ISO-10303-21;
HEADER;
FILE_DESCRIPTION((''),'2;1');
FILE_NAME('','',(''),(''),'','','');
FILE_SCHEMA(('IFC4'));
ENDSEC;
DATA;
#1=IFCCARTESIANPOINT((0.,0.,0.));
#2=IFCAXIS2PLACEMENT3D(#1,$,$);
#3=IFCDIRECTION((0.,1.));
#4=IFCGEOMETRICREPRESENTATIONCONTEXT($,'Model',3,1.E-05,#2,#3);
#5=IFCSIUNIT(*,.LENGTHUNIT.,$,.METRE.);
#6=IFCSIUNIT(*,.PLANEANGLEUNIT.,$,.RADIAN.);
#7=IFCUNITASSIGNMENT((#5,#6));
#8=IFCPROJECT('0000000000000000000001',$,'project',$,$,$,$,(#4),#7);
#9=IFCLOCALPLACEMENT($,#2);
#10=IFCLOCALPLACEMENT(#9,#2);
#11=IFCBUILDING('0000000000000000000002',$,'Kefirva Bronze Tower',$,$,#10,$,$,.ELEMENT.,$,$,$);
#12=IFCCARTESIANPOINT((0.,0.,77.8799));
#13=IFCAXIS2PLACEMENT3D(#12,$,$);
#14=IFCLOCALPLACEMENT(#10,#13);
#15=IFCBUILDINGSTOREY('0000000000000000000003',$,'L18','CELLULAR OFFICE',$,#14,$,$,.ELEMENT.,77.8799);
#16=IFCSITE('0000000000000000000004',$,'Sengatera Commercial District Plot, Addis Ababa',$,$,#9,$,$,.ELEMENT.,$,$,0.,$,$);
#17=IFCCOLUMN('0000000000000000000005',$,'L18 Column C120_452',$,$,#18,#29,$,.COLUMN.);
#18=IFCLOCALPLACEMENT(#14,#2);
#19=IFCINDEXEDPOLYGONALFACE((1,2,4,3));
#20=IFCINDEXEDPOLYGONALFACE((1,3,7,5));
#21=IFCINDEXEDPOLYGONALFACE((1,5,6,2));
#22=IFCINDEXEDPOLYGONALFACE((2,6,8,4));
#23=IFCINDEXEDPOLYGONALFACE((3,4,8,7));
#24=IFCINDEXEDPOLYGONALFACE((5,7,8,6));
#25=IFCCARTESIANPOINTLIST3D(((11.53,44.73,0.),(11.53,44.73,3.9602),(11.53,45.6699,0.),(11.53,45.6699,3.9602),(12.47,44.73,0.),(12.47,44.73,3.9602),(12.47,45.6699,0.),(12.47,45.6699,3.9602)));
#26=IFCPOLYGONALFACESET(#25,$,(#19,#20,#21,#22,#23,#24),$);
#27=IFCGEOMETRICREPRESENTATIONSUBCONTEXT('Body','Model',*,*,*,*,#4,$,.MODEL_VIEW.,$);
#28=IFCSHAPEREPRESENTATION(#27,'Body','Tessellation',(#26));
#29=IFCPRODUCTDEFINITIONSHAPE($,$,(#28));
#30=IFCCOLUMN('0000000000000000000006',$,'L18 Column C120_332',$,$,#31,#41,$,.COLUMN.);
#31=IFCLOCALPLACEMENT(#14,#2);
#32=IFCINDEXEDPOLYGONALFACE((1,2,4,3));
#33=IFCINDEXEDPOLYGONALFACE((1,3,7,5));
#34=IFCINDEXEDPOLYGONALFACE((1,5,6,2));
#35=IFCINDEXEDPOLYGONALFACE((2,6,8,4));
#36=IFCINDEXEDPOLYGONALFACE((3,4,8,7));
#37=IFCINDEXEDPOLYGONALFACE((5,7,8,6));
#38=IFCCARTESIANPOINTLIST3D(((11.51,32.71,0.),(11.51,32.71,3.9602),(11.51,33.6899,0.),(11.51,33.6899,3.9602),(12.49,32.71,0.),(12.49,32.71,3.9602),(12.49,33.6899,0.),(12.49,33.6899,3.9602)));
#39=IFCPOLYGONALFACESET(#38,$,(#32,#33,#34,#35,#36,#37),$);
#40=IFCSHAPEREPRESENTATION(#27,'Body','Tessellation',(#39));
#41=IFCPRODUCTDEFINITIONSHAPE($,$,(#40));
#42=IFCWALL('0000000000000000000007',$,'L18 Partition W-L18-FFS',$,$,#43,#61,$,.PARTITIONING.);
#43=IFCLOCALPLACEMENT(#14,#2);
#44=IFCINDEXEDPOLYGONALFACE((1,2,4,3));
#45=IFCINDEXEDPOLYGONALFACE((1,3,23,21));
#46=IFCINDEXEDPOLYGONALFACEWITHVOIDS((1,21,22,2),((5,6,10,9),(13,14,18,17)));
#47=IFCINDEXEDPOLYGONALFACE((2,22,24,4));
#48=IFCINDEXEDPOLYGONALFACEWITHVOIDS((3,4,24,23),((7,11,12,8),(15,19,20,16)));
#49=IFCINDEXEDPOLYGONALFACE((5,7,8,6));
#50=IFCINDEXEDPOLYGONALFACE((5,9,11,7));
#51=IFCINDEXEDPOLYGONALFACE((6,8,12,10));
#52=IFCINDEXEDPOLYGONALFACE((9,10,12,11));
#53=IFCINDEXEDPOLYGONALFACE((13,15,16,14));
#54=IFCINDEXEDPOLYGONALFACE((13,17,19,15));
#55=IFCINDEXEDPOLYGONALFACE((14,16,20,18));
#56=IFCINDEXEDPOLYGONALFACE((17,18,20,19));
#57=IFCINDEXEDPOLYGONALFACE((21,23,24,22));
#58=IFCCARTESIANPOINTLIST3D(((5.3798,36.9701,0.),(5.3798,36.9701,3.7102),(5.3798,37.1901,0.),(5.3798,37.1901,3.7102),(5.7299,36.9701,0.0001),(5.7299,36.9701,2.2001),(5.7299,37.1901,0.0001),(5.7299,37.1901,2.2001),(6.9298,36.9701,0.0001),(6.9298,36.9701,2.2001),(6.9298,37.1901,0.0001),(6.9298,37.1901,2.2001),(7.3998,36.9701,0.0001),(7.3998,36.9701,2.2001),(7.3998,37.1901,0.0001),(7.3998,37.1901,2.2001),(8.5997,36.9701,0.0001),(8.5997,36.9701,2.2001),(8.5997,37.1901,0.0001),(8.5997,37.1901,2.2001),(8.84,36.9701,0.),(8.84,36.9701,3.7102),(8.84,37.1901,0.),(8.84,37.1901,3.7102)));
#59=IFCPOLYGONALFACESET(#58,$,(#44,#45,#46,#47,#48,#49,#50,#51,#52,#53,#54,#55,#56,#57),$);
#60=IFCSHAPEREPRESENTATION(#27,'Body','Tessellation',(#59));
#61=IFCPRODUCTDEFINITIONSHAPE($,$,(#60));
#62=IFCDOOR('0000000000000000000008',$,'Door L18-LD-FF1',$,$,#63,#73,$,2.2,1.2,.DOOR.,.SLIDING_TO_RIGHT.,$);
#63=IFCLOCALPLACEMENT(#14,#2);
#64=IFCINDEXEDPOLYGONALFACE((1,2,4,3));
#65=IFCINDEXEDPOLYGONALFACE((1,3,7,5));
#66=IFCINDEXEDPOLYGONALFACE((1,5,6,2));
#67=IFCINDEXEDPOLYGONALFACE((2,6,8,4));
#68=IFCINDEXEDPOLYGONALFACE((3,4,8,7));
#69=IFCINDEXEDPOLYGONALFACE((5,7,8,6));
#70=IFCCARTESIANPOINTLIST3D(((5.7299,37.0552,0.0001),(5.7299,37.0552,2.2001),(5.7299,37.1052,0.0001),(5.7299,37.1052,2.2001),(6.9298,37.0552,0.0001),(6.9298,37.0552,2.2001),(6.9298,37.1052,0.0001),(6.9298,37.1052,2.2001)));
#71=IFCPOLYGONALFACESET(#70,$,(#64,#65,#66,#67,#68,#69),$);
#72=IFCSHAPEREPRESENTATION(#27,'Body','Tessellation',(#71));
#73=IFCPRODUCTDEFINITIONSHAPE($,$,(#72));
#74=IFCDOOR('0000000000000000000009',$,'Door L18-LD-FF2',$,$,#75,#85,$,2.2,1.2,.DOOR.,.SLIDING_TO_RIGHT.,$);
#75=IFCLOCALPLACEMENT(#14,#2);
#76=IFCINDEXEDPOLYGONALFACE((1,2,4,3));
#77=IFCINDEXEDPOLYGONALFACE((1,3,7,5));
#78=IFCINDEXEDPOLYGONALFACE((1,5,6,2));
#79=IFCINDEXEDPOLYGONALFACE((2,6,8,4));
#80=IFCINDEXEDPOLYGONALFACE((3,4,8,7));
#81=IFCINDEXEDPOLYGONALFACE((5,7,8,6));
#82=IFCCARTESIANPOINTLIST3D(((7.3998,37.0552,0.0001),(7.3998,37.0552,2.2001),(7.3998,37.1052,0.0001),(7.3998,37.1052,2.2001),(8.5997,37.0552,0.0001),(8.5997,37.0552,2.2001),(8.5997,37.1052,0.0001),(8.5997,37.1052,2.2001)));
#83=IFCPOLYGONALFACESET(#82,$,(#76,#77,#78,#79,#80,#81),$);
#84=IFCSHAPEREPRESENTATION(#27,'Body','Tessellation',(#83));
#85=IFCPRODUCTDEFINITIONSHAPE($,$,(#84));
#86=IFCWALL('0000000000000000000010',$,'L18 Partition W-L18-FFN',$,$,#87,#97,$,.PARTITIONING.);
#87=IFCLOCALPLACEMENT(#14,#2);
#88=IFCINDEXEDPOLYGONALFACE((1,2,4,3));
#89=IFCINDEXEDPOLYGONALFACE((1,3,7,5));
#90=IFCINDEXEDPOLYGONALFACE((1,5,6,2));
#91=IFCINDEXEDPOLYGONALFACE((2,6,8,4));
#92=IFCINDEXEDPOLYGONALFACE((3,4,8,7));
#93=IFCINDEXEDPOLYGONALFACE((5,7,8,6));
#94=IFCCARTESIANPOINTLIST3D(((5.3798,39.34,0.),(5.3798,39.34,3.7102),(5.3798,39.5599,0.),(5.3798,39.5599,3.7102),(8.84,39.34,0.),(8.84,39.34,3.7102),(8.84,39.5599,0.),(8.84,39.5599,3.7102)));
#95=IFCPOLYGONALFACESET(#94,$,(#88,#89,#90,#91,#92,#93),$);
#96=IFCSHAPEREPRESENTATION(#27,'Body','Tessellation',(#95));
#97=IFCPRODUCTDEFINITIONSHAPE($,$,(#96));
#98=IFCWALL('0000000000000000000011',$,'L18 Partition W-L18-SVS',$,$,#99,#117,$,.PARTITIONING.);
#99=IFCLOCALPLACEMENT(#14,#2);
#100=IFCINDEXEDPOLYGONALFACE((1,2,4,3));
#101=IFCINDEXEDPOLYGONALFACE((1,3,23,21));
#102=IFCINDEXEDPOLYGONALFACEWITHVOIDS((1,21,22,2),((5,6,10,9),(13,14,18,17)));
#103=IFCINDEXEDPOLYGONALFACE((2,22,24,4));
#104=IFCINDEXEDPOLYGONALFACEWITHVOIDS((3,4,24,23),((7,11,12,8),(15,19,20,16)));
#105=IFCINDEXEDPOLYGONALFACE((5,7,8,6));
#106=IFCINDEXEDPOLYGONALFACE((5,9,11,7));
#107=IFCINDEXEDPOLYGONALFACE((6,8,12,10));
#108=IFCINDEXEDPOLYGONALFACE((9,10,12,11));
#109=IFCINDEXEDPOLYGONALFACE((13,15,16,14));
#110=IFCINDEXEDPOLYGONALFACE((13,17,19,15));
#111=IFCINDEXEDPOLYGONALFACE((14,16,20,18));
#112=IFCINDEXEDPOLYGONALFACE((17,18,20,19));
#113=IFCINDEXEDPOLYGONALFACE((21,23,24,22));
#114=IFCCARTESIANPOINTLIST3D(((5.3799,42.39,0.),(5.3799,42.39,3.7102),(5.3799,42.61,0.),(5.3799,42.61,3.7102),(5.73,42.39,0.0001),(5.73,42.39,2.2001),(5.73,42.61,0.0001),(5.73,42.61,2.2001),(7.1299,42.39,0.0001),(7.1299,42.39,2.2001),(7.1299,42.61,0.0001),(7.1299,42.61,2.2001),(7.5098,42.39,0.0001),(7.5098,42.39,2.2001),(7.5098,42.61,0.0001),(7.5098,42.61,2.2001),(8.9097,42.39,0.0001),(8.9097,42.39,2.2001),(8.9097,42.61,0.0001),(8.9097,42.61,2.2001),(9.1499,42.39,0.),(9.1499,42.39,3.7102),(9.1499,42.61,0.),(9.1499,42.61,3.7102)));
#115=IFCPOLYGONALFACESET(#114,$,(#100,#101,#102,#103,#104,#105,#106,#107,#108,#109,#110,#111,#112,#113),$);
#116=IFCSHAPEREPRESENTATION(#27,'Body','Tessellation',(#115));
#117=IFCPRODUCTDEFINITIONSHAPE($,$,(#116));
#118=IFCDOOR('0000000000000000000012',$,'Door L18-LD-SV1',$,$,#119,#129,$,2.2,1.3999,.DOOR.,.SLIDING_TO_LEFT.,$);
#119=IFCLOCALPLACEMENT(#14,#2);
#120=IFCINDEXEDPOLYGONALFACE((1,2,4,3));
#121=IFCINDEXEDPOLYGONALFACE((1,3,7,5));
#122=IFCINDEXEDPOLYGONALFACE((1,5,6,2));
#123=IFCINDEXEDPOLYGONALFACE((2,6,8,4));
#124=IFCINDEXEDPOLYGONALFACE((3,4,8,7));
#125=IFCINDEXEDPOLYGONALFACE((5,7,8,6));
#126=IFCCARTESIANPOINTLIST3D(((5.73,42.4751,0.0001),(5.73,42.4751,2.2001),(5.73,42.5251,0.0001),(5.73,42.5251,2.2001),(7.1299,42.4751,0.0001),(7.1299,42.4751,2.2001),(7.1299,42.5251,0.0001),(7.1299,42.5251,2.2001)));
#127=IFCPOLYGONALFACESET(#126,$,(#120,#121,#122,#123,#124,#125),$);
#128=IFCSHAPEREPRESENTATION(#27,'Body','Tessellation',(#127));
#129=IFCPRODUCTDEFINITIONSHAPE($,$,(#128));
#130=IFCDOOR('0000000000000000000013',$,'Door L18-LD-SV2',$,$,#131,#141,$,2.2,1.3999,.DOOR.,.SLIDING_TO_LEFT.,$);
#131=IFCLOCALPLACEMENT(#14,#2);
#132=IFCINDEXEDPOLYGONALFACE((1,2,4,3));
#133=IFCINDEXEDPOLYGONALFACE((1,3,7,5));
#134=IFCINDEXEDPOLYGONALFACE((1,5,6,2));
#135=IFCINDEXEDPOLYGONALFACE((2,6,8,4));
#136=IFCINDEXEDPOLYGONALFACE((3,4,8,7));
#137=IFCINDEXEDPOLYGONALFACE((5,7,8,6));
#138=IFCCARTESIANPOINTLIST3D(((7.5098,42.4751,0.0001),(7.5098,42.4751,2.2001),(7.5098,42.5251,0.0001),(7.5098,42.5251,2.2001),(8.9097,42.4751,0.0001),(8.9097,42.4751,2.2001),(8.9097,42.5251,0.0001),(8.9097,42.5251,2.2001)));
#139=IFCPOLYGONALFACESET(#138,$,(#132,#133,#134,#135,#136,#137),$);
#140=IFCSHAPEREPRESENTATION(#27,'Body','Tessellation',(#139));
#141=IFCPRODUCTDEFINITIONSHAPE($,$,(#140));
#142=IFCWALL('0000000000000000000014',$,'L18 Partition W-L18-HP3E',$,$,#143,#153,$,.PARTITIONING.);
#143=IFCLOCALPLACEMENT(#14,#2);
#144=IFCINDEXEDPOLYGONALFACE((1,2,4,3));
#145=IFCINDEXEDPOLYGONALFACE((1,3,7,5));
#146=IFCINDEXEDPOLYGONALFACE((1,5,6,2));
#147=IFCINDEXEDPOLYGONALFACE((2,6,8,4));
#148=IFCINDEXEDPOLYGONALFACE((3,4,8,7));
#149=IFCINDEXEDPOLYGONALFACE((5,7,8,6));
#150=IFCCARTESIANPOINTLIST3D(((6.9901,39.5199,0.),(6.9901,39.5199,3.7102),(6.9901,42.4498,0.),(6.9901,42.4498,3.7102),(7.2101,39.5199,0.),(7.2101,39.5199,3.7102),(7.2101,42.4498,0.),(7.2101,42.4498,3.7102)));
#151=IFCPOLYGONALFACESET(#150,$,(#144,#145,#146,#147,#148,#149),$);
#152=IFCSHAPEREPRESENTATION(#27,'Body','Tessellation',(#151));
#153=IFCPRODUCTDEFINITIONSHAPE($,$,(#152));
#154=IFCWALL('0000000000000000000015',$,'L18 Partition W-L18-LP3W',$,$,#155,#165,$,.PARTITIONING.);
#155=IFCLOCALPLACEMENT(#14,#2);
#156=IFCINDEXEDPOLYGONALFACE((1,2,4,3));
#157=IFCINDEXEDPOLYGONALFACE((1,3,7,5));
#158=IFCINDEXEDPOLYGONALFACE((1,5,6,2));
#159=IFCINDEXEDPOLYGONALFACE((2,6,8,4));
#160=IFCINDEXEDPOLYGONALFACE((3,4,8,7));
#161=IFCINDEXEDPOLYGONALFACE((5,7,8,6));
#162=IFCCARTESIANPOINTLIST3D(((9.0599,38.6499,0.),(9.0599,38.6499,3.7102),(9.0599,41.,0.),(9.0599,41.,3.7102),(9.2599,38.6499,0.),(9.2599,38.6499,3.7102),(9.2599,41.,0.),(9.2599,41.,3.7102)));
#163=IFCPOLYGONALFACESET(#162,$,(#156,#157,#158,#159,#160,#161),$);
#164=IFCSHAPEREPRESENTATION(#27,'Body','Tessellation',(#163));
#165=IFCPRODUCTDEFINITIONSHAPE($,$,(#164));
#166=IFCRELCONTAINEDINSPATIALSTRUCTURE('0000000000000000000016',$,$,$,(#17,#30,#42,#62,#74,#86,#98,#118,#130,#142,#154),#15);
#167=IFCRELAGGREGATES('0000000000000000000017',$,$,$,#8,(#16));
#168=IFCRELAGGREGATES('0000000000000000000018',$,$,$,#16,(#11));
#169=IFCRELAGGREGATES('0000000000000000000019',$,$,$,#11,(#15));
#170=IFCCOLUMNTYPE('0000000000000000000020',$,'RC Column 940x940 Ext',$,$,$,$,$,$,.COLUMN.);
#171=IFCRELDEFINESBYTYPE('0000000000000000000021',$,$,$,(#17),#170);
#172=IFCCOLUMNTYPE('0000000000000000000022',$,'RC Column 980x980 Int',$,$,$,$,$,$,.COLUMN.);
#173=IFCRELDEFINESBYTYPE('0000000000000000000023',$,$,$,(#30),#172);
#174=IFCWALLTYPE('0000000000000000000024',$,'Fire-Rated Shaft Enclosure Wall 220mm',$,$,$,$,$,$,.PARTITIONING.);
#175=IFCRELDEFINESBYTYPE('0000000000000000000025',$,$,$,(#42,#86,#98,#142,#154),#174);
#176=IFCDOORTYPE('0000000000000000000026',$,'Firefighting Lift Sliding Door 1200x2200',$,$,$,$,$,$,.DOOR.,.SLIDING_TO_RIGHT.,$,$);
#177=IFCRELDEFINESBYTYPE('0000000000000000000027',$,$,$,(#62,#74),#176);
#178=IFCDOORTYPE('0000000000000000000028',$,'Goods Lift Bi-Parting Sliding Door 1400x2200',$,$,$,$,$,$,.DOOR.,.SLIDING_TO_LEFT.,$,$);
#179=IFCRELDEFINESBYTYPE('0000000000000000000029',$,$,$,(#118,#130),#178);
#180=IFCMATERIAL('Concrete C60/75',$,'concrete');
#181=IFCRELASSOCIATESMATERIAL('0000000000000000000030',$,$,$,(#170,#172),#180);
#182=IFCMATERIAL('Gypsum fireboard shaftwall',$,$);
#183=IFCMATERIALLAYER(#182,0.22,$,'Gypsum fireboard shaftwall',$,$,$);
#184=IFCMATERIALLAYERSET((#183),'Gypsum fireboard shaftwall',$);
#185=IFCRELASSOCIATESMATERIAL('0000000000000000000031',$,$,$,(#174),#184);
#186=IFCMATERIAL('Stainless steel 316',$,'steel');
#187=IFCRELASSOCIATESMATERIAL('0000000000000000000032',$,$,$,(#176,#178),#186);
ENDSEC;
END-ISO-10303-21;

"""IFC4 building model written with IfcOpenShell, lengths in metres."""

from ifc_helpers import new_model, si_unit, direction, frame, frame_2d, origin, origin_2d, place, context, subcontext, project, spatial, rectangle, extrude, material, layer, layer_set, material_profile, profile_set, type_object, element, fill, save


model = new_model("IFC4")

# Units and contexts
model_context = context("Model", 3, precision=1e-05, world=origin(), true_north=direction((0.0, 1.0)))
body_context = subcontext(model_context, "Body", "Model", "MODEL_VIEW")
ifc_project = project(units=[si_unit("LENGTHUNIT", "METRE"), si_unit("PLANEANGLEUNIT", "RADIAN")], contexts=[model_context])

# Site, building, storey
site_placement = place(None, origin())
site = spatial("IfcSite", under=ifc_project, at=site_placement, Name="Sengatera Commercial District Plot, Addis Ababa", CompositionType="ELEMENT", RefElevation=0.0)
building_placement = place(site_placement, origin())
building = spatial("IfcBuilding", under=site, at=building_placement, Name="Kefirva Bronze Tower", CompositionType="ELEMENT")
storey_placement = place(building_placement, frame((0.0, 0.0, 77.8799)))
storey = spatial("IfcBuildingStorey", under=building, at=storey_placement, Name="L18", Description="CELLULAR OFFICE", CompositionType="ELEMENT", Elevation=77.8799)

# Columns
ifc_material_1 = material(Name="Concrete C60/75", Category="concrete")
ifc_material_profile_1 = material_profile(ifc_material_1, rectangle(XDim=0.9399, YDim=0.9399, at=origin_2d()), Name="RC 940x940")
ifc_profile_set_1 = profile_set([ifc_material_profile_1], Name="Concrete C60/75")
column_type_1 = type_object("IfcColumnType", Name="RC Column 940x940 Ext", PredefinedType="COLUMN", material=ifc_profile_set_1)
column_1_placement = place(storey_placement, frame((12.0, 45.2, 0.0), z_axis=(0.0, 0.0, 1.0), x_axis=(1.0, 0.0, 0.0)))
element("IfcColumn", 1, at=column_1_placement, inside=storey, type_object=column_type_1, Name="L18 Column C120_452", PredefinedType="COLUMN", context=body_context, shape_type="SweptSolid", body=[
    extrude(rectangle(XDim=0.9399, YDim=0.9399, at=origin_2d()), origin(), (0.0, 0.0, 1.0), 3.9602),
])
ifc_material_profile_2 = material_profile(ifc_material_1, rectangle(XDim=0.98, YDim=0.98, at=origin_2d()), Name="RC 980x980")
ifc_profile_set_2 = profile_set([ifc_material_profile_2], Name="Concrete C60/75")
column_type_2 = type_object("IfcColumnType", Name="RC Column 980x980 Int", PredefinedType="COLUMN", material=ifc_profile_set_2)
column_2_placement = place(storey_placement, frame((12.0, 33.2, 0.0), z_axis=(0.0, 0.0, 1.0), x_axis=(1.0, 0.0, 0.0)))
element("IfcColumn", 2, at=column_2_placement, inside=storey, type_object=column_type_2, Name="L18 Column C120_332", PredefinedType="COLUMN", context=body_context, shape_type="SweptSolid", body=[
    extrude(rectangle(XDim=0.98, YDim=0.98, at=origin_2d()), origin(), (0.0, 0.0, 1.0), 3.9602),
])

# Wall, openings, doors
ifc_material_2 = material(Name="Gypsum fireboard shaftwall")
ifc_layer_1 = layer(ifc_material_2, 0.22, Name="Gypsum fireboard shaftwall")
ifc_layer_set_1 = layer_set([ifc_layer_1], Name="Gypsum fireboard shaftwall")
wall_type_1 = type_object("IfcWallType", Name="Fire-Rated Shaft Enclosure Wall 220mm", PredefinedType="PARTITIONING", material=ifc_layer_set_1)
wall_1_placement = place(storey_placement, frame((5.3799, 37.0801, 0.0), z_axis=(0.0, 0.0, 1.0), x_axis=(1.0, 0.0, 0.0)))
wall_1 = element("IfcWall", 3, at=wall_1_placement, inside=storey, type_object=wall_type_1, Name="L18 Partition W-L18-FFS", PredefinedType="PARTITIONING", context=body_context, shape_type="SweptSolid", body=[
    extrude(rectangle(XDim=3.4602, YDim=0.22, at=frame_2d((1.73, 0.0))), origin(), (0.0, 0.0, 1.0), 3.7102),
])
opening_1_placement = place(wall_1_placement, frame((1.55, 0.0, 0.0), z_axis=(0.0, 0.0, 1.0), x_axis=(-1.0, 0.0, 0.0)))
opening_1 = element("IfcOpeningElement", 4, at=opening_1_placement, cuts=wall_1, PredefinedType="OPENING", context=body_context, shape_type="SweptSolid", body=[
    extrude(rectangle(XDim=1.2, YDim=2.2, at=frame_2d((0.6001, 1.1001))), frame((0.0, 0.1201, 0.0), z_axis=(0.0, -1.0, 0.0), x_axis=(1.0, 0.0, 0.0)), (0.0, 0.0, 1.0), 0.24),
])
opening_2_placement = place(wall_1_placement, frame((3.22, 0.0, 0.0), z_axis=(0.0, 0.0, 1.0), x_axis=(-1.0, 0.0, 0.0)))
opening_2 = element("IfcOpeningElement", 5, at=opening_2_placement, cuts=wall_1, PredefinedType="OPENING", context=body_context, shape_type="SweptSolid", body=[
    extrude(rectangle(XDim=1.2, YDim=2.2, at=frame_2d((0.6001, 1.1001))), frame((0.0, 0.1201, 0.0), z_axis=(0.0, -1.0, 0.0), x_axis=(1.0, 0.0, 0.0)), (0.0, 0.0, 1.0), 0.24),
])
ifc_material_3 = material(Name="Stainless steel 316", Category="steel")
door_type_1 = type_object("IfcDoorType", Name="Firefighting Lift Sliding Door 1200x2200", OperationType="SLIDING_TO_RIGHT", PredefinedType="DOOR", material=ifc_material_3)
door_1_placement = place(opening_1_placement, origin())
door_1 = element("IfcDoor", 6, at=door_1_placement, inside=storey, type_object=door_type_1, Name="Door L18-LD-FF1", OperationType="SLIDING_TO_RIGHT", OverallHeight=2.2, OverallWidth=1.2, PredefinedType="DOOR", context=body_context, shape_type="SweptSolid", body=[
    extrude(rectangle(XDim=1.2, YDim=2.2, at=frame_2d((0.6001, 1.1001))), frame((0.0, 0.0249, 0.0), z_axis=(0.0, -1.0, 0.0), x_axis=(1.0, 0.0, 0.0)), (0.0, 0.0, 1.0), 0.05),
])
fill(opening_1, door_1)
door_2_placement = place(opening_2_placement, origin())
door_2 = element("IfcDoor", 7, at=door_2_placement, inside=storey, type_object=door_type_1, Name="Door L18-LD-FF2", OperationType="SLIDING_TO_RIGHT", OverallHeight=2.2, OverallWidth=1.2, PredefinedType="DOOR", context=body_context, shape_type="SweptSolid", body=[
    extrude(rectangle(XDim=1.2, YDim=2.2, at=frame_2d((0.6001, 1.1001))), frame((0.0, 0.0249, 0.0), z_axis=(0.0, -1.0, 0.0), x_axis=(1.0, 0.0, 0.0)), (0.0, 0.0, 1.0), 0.05),
])
fill(opening_2, door_2)

# Wall
wall_2_placement = place(storey_placement, frame((5.3799, 39.45, 0.0), z_axis=(0.0, 0.0, 1.0), x_axis=(1.0, 0.0, 0.0)))
element("IfcWall", 8, at=wall_2_placement, inside=storey, type_object=wall_type_1, Name="L18 Partition W-L18-FFN", PredefinedType="PARTITIONING", context=body_context, shape_type="SweptSolid", body=[
    extrude(rectangle(XDim=3.4602, YDim=0.22, at=frame_2d((1.73, 0.0))), origin(), (0.0, 0.0, 1.0), 3.7102),
])

# Wall, openings, doors
wall_3_placement = place(storey_placement, frame((5.3799, 42.5, 0.0), z_axis=(0.0, 0.0, 1.0), x_axis=(1.0, 0.0, 0.0)))
wall_3 = element("IfcWall", 9, at=wall_3_placement, inside=storey, type_object=wall_type_1, Name="L18 Partition W-L18-SVS", PredefinedType="PARTITIONING", context=body_context, shape_type="SweptSolid", body=[
    extrude(rectangle(XDim=3.77, YDim=0.22, at=frame_2d((1.885, 0.0))), origin(), (0.0, 0.0, 1.0), 3.7102),
])
opening_3_placement = place(wall_3_placement, frame((1.75, 0.0, 0.0), z_axis=(0.0, 0.0, 1.0), x_axis=(-1.0, 0.0, 0.0)))
opening_3 = element("IfcOpeningElement", 10, at=opening_3_placement, cuts=wall_3, PredefinedType="OPENING", context=body_context, shape_type="SweptSolid", body=[
    extrude(rectangle(XDim=1.3999, YDim=2.2, at=frame_2d((0.7, 1.1001))), frame((0.0, 0.1201, 0.0), z_axis=(0.0, -1.0, 0.0), x_axis=(1.0, 0.0, 0.0)), (0.0, 0.0, 1.0), 0.24),
])
opening_4_placement = place(wall_3_placement, frame((3.5298, 0.0, 0.0), z_axis=(0.0, 0.0, 1.0), x_axis=(-1.0, 0.0, 0.0)))
opening_4 = element("IfcOpeningElement", 11, at=opening_4_placement, cuts=wall_3, PredefinedType="OPENING", context=body_context, shape_type="SweptSolid", body=[
    extrude(rectangle(XDim=1.3999, YDim=2.2, at=frame_2d((0.7, 1.1001))), frame((0.0, 0.1201, 0.0), z_axis=(0.0, -1.0, 0.0), x_axis=(1.0, 0.0, 0.0)), (0.0, 0.0, 1.0), 0.24),
])
door_type_2 = type_object("IfcDoorType", Name="Goods Lift Bi-Parting Sliding Door 1400x2200", OperationType="SLIDING_TO_LEFT", PredefinedType="DOOR", material=ifc_material_3)
door_3_placement = place(opening_3_placement, origin())
door_3 = element("IfcDoor", 12, at=door_3_placement, inside=storey, type_object=door_type_2, Name="Door L18-LD-SV1", OperationType="SLIDING_TO_LEFT", OverallHeight=2.2, OverallWidth=1.3999, PredefinedType="DOOR", context=body_context, shape_type="SweptSolid", body=[
    extrude(rectangle(XDim=1.3999, YDim=2.2, at=frame_2d((0.7, 1.1001))), frame((0.0, 0.0249, 0.0), z_axis=(0.0, -1.0, 0.0), x_axis=(1.0, 0.0, 0.0)), (0.0, 0.0, 1.0), 0.05),
])
fill(opening_3, door_3)
door_4_placement = place(opening_4_placement, origin())
door_4 = element("IfcDoor", 13, at=door_4_placement, inside=storey, type_object=door_type_2, Name="Door L18-LD-SV2", OperationType="SLIDING_TO_LEFT", OverallHeight=2.2, OverallWidth=1.3999, PredefinedType="DOOR", context=body_context, shape_type="SweptSolid", body=[
    extrude(rectangle(XDim=1.3999, YDim=2.2, at=frame_2d((0.7, 1.1001))), frame((0.0, 0.0249, 0.0), z_axis=(0.0, -1.0, 0.0), x_axis=(1.0, 0.0, 0.0)), (0.0, 0.0, 1.0), 0.05),
])
fill(opening_4, door_4)

# Walls
wall_4_placement = place(storey_placement, frame((7.1001, 39.52, 0.0), z_axis=(0.0, 0.0, 1.0), x_axis=(0.0, 1.0, 0.0)))
element("IfcWall", 14, at=wall_4_placement, inside=storey, type_object=wall_type_1, Name="L18 Partition W-L18-HP3E", PredefinedType="PARTITIONING", context=body_context, shape_type="SweptSolid", body=[
    extrude(rectangle(XDim=2.9299, YDim=0.22, at=frame_2d((1.4648, 0.0))), origin(), (0.0, 0.0, 1.0), 3.7102),
])
wall_5_placement = place(storey_placement, frame((9.1599, 38.6499, 0.0), z_axis=(0.0, 0.0, 1.0), x_axis=(0.0, 1.0, 0.0)))
element("IfcWall", 15, at=wall_5_placement, inside=storey, type_object=wall_type_1, Name="L18 Partition W-L18-LP3W", PredefinedType="PARTITIONING", context=body_context, shape_type="SweptSolid", body=[
    extrude(rectangle(XDim=2.3501, YDim=0.2, at=frame_2d((1.175, 0.0))), origin(), (0.0, 0.0, 1.0), 3.7102),
])

save(model, "model.ifc")
